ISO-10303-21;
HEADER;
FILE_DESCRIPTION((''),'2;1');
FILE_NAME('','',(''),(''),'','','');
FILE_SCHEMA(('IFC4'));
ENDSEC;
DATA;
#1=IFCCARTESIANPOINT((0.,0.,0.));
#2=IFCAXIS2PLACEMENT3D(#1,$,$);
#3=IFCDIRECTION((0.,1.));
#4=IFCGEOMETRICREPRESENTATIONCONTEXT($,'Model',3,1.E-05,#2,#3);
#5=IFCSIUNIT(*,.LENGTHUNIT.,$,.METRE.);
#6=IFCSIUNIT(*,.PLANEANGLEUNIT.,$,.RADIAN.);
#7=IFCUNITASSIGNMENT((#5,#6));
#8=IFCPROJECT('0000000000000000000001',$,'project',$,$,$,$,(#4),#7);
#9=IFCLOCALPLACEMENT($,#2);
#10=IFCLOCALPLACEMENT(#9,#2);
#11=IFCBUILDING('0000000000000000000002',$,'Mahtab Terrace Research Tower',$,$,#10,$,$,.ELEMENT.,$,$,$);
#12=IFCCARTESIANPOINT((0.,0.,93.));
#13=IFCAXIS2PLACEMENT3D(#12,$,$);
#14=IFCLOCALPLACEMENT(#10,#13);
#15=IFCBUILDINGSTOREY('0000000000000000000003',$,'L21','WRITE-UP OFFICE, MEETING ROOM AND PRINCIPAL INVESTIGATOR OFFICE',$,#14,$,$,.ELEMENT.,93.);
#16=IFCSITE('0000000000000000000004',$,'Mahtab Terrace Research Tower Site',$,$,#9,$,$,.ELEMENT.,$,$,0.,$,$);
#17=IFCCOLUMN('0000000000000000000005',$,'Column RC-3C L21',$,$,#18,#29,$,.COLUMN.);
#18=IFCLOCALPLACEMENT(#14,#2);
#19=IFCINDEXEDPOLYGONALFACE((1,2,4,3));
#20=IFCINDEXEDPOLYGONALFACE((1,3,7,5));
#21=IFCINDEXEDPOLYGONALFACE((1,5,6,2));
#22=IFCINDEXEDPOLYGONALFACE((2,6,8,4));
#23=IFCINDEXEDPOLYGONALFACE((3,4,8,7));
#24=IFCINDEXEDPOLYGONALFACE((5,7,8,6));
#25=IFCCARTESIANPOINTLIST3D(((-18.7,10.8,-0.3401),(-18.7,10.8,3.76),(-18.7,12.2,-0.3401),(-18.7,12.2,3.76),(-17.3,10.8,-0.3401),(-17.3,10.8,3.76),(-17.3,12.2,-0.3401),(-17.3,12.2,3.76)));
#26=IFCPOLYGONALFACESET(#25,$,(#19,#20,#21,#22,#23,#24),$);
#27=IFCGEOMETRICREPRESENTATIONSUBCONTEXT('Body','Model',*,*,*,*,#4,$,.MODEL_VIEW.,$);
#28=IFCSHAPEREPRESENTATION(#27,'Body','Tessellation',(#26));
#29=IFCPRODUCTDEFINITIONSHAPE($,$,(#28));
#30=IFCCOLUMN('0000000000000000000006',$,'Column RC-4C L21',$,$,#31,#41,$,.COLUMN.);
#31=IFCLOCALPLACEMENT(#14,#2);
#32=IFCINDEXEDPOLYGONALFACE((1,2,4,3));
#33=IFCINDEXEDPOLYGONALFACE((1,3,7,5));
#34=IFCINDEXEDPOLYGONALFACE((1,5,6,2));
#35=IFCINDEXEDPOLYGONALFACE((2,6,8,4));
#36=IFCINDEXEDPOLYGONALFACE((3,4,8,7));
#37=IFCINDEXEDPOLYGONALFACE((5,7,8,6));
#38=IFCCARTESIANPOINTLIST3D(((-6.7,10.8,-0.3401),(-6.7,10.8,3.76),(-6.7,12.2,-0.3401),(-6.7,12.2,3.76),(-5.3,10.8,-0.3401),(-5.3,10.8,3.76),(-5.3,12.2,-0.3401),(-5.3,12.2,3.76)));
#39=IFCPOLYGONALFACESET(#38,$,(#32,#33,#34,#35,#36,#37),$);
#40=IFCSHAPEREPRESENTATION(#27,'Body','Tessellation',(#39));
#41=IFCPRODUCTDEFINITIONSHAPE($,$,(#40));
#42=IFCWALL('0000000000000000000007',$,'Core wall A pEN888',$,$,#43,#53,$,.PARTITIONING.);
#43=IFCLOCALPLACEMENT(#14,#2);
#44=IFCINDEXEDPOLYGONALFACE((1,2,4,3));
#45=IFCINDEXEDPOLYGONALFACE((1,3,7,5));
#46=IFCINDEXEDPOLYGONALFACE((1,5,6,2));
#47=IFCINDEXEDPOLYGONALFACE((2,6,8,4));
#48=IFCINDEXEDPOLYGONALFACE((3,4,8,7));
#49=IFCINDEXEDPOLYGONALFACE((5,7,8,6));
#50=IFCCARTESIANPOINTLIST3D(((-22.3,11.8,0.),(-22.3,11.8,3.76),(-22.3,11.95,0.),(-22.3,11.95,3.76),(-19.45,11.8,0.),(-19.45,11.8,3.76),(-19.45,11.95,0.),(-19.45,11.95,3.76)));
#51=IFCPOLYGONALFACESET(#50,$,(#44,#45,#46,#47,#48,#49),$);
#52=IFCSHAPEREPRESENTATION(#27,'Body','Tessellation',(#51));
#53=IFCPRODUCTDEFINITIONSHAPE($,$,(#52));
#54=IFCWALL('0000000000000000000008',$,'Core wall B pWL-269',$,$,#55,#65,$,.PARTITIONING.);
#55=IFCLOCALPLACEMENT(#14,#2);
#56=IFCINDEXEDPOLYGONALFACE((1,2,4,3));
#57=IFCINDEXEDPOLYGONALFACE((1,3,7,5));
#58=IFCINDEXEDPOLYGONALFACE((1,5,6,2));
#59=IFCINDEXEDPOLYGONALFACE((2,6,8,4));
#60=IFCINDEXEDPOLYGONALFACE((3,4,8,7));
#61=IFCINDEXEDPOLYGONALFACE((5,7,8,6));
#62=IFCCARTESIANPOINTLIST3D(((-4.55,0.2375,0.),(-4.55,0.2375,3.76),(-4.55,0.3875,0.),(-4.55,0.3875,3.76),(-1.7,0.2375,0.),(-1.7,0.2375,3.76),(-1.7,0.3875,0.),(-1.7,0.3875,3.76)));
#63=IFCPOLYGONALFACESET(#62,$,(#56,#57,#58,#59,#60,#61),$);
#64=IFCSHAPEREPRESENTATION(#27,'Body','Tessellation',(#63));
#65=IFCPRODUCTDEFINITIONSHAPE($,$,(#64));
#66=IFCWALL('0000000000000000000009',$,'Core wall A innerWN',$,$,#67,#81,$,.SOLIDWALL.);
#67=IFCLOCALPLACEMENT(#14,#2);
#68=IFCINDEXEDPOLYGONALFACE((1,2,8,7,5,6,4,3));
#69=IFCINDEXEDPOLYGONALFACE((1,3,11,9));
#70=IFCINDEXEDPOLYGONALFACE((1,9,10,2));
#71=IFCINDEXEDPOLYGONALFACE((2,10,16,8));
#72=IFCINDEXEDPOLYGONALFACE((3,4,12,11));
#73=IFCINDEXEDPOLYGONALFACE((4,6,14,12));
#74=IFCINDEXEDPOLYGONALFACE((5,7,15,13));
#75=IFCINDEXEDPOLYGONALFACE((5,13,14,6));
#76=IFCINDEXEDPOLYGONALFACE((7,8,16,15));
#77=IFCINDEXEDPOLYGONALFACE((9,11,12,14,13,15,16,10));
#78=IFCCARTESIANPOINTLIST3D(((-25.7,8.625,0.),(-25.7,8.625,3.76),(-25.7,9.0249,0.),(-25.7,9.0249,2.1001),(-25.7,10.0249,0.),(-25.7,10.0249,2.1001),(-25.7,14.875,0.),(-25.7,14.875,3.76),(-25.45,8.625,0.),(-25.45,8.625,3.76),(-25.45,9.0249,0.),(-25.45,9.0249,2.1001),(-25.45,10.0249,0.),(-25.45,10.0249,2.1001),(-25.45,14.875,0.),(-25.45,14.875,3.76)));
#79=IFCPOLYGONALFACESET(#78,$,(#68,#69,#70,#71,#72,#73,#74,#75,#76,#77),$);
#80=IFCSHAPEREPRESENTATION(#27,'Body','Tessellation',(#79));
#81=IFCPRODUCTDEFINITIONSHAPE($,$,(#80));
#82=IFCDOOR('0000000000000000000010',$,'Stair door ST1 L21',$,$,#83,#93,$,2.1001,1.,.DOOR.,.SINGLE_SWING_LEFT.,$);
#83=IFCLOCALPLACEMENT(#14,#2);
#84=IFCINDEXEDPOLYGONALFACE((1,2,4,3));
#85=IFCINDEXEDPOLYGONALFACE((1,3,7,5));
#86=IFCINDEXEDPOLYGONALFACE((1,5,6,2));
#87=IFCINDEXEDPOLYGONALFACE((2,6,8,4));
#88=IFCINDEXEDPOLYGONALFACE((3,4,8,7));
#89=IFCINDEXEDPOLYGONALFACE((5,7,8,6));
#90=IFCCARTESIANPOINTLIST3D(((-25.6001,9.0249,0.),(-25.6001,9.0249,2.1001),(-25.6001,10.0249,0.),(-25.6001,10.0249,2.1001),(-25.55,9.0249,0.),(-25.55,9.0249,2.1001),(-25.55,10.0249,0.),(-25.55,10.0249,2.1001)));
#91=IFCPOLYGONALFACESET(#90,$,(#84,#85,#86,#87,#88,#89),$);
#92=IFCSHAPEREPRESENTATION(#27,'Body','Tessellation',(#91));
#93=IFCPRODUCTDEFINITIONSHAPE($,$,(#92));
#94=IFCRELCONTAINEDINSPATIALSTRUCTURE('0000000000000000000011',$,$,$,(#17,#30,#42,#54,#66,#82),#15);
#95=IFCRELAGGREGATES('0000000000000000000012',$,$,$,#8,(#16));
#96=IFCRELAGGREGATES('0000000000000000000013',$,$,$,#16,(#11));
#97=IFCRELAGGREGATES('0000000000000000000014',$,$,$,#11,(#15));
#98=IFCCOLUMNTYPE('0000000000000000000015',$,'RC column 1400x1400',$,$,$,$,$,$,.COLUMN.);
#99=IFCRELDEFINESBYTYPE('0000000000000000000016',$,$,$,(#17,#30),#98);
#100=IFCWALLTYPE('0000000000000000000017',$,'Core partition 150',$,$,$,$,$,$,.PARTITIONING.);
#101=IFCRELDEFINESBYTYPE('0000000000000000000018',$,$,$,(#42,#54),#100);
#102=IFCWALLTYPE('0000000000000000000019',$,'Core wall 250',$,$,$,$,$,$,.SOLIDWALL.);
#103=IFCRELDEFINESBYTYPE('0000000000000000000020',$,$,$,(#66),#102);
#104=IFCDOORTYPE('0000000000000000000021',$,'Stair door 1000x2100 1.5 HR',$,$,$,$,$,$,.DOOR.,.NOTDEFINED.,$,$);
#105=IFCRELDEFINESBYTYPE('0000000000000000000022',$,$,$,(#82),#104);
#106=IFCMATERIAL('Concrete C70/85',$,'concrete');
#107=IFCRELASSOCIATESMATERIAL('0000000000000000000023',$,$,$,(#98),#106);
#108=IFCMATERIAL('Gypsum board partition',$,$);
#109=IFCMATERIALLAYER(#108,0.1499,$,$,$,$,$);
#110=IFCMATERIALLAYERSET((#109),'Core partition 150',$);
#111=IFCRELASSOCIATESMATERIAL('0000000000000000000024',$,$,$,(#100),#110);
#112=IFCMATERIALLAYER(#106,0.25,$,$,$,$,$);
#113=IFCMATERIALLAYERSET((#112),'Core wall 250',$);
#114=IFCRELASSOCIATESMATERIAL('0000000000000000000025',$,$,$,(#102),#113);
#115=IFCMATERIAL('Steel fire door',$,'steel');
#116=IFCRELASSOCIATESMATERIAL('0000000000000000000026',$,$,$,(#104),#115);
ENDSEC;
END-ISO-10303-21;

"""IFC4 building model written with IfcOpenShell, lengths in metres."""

from ifc_helpers import new_model, si_unit, direction, frame, frame_2d, origin, origin_2d, place, context, subcontext, project, spatial, rectangle, extrude, material, layer, layer_set, material_profile, profile_set, type_object, element, fill, save


model = new_model("IFC4")

# Units and contexts
model_context = context("Model", 3, precision=1e-05, world=origin(), true_north=direction((0.0, 1.0)))
body_context = subcontext(model_context, "Body", "Model", "MODEL_VIEW")
ifc_project = project(units=[si_unit("LENGTHUNIT", "METRE"), si_unit("PLANEANGLEUNIT", "RADIAN")], contexts=[model_context])

# Site, building, storey
site_placement = place(None, origin())
site = spatial("IfcSite", under=ifc_project, at=site_placement, Name="Mahtab Terrace Research Tower Site", CompositionType="ELEMENT", RefElevation=0.0)
building_placement = place(site_placement, origin())
building = spatial("IfcBuilding", under=site, at=building_placement, Name="Mahtab Terrace Research Tower", CompositionType="ELEMENT")
storey_placement = place(building_placement, frame((0.0, 0.0, 93.0)))
storey = spatial("IfcBuildingStorey", under=building, at=storey_placement, Name="L21", Description="WRITE-UP OFFICE, MEETING ROOM AND PRINCIPAL INVESTIGATOR OFFICE", CompositionType="ELEMENT", Elevation=93.0)

# Columns
ifc_material_1 = material(Name="Concrete C70/85", Category="concrete")
ifc_material_profile = material_profile(ifc_material_1, rectangle(XDim=1.3999, YDim=1.3999, at=origin_2d()), Name="RC column 1400x1400")
ifc_profile_set = profile_set([ifc_material_profile], Name="Concrete C70/85")
column_type = type_object("IfcColumnType", Name="RC column 1400x1400", PredefinedType="COLUMN", material=ifc_profile_set)
for number, where, z_axis, x_axis, name in (
    (1, (-18.0, 11.5, -0.3401), (0.0, 0.0, 1.0), (1.0, 0.0, 0.0), "Column RC-3C L21"),
    (2, (-6.0, 11.5, -0.3401), (0.0, 0.0, 1.0), (1.0, 0.0, 0.0), "Column RC-4C L21"),
):
    element("IfcColumn", number, at=place(storey_placement, frame(where, z_axis=z_axis, x_axis=x_axis)), inside=storey, type_object=column_type, Name=name, PredefinedType="COLUMN", context=body_context, shape_type="SweptSolid", body=[
        extrude(rectangle(XDim=1.3999, YDim=1.3999, at=origin_2d()), origin(), (0.0, 0.0, 1.0), 4.1001),
    ])

# Walls
ifc_material_2 = material(Name="Gypsum board partition")
ifc_layer_1 = layer(ifc_material_2, 0.1499)
ifc_layer_set_1 = layer_set([ifc_layer_1], Name="Core partition 150")
wall_type_1 = type_object("IfcWallType", Name="Core partition 150", PredefinedType="PARTITIONING", material=ifc_layer_set_1)
for number, where, z_axis, x_axis, name in (
    (3, (-22.3, 11.875, 0.0), (0.0, 0.0, 1.0), (1.0, 0.0, 0.0), "Core wall A pEN888"),
    (4, (-4.55, 0.3125, 0.0), (0.0, 0.0, 1.0), (1.0, 0.0, 0.0), "Core wall B pWL-269"),
):
    element("IfcWall", number, at=place(storey_placement, frame(where, z_axis=z_axis, x_axis=x_axis)), inside=storey, type_object=wall_type_1, Name=name, PredefinedType="PARTITIONING", context=body_context, shape_type="SweptSolid", body=[
        extrude(rectangle(XDim=2.8501, YDim=0.1499, at=frame_2d((1.425, 0.0))), origin(), (0.0, 0.0, 1.0), 3.76),
    ])

# Wall, opening, door
ifc_layer_2 = layer(ifc_material_1, 0.25)
ifc_layer_set_2 = layer_set([ifc_layer_2], Name="Core wall 250")
wall_type_2 = type_object("IfcWallType", Name="Core wall 250", PredefinedType="SOLIDWALL", material=ifc_layer_set_2)
wall_1_placement = place(storey_placement, frame((-25.575, 14.875, 0.0), z_axis=(0.0, 0.0, 1.0), x_axis=(0.0, -1.0, 0.0)))
wall_1 = element("IfcWall", 5, at=wall_1_placement, inside=storey, type_object=wall_type_2, Name="Core wall A innerWN", PredefinedType="SOLIDWALL", context=body_context, shape_type="SweptSolid", body=[
    extrude(rectangle(XDim=6.25, YDim=0.25, at=frame_2d((3.125, 0.0))), origin(), (0.0, 0.0, 1.0), 3.76),
])
opening_1_placement = place(wall_1_placement, frame((4.8501, 0.0, 0.0)))
opening_1 = element("IfcOpeningElement", 6, at=opening_1_placement, cuts=wall_1, PredefinedType="OPENING", context=body_context, shape_type="SweptSolid", body=[
    extrude(rectangle(XDim=1.0, YDim=2.1001, at=frame_2d((0.5, 1.05))), frame((0.0, 0.135, 0.0), z_axis=(0.0, -1.0, 0.0), x_axis=(1.0, 0.0, 0.0)), (0.0, 0.0, 1.0), 0.27),
])
ifc_material_3 = material(Name="Steel fire door", Category="steel")
door_type_1 = type_object("IfcDoorType", Name="Stair door 1000x2100 1.5 HR", OperationType="NOTDEFINED", PredefinedType="DOOR", material=ifc_material_3)
door_1_placement = place(opening_1_placement, origin())
door_1 = element("IfcDoor", 7, at=door_1_placement, inside=storey, type_object=door_type_1, Name="Stair door ST1 L21", OperationType="SINGLE_SWING_LEFT", OverallHeight=2.1001, OverallWidth=1.0, PredefinedType="DOOR", context=body_context, shape_type="SweptSolid", body=[
    extrude(rectangle(XDim=1.0, YDim=2.1001, at=frame_2d((0.5, 1.05))), frame((0.0, 0.0249, 0.0), z_axis=(0.0, -1.0, 0.0), x_axis=(1.0, 0.0, 0.0)), (0.0, 0.0, 1.0), 0.05),
])
fill(opening_1, door_1)

save(model, "model.ifc")
